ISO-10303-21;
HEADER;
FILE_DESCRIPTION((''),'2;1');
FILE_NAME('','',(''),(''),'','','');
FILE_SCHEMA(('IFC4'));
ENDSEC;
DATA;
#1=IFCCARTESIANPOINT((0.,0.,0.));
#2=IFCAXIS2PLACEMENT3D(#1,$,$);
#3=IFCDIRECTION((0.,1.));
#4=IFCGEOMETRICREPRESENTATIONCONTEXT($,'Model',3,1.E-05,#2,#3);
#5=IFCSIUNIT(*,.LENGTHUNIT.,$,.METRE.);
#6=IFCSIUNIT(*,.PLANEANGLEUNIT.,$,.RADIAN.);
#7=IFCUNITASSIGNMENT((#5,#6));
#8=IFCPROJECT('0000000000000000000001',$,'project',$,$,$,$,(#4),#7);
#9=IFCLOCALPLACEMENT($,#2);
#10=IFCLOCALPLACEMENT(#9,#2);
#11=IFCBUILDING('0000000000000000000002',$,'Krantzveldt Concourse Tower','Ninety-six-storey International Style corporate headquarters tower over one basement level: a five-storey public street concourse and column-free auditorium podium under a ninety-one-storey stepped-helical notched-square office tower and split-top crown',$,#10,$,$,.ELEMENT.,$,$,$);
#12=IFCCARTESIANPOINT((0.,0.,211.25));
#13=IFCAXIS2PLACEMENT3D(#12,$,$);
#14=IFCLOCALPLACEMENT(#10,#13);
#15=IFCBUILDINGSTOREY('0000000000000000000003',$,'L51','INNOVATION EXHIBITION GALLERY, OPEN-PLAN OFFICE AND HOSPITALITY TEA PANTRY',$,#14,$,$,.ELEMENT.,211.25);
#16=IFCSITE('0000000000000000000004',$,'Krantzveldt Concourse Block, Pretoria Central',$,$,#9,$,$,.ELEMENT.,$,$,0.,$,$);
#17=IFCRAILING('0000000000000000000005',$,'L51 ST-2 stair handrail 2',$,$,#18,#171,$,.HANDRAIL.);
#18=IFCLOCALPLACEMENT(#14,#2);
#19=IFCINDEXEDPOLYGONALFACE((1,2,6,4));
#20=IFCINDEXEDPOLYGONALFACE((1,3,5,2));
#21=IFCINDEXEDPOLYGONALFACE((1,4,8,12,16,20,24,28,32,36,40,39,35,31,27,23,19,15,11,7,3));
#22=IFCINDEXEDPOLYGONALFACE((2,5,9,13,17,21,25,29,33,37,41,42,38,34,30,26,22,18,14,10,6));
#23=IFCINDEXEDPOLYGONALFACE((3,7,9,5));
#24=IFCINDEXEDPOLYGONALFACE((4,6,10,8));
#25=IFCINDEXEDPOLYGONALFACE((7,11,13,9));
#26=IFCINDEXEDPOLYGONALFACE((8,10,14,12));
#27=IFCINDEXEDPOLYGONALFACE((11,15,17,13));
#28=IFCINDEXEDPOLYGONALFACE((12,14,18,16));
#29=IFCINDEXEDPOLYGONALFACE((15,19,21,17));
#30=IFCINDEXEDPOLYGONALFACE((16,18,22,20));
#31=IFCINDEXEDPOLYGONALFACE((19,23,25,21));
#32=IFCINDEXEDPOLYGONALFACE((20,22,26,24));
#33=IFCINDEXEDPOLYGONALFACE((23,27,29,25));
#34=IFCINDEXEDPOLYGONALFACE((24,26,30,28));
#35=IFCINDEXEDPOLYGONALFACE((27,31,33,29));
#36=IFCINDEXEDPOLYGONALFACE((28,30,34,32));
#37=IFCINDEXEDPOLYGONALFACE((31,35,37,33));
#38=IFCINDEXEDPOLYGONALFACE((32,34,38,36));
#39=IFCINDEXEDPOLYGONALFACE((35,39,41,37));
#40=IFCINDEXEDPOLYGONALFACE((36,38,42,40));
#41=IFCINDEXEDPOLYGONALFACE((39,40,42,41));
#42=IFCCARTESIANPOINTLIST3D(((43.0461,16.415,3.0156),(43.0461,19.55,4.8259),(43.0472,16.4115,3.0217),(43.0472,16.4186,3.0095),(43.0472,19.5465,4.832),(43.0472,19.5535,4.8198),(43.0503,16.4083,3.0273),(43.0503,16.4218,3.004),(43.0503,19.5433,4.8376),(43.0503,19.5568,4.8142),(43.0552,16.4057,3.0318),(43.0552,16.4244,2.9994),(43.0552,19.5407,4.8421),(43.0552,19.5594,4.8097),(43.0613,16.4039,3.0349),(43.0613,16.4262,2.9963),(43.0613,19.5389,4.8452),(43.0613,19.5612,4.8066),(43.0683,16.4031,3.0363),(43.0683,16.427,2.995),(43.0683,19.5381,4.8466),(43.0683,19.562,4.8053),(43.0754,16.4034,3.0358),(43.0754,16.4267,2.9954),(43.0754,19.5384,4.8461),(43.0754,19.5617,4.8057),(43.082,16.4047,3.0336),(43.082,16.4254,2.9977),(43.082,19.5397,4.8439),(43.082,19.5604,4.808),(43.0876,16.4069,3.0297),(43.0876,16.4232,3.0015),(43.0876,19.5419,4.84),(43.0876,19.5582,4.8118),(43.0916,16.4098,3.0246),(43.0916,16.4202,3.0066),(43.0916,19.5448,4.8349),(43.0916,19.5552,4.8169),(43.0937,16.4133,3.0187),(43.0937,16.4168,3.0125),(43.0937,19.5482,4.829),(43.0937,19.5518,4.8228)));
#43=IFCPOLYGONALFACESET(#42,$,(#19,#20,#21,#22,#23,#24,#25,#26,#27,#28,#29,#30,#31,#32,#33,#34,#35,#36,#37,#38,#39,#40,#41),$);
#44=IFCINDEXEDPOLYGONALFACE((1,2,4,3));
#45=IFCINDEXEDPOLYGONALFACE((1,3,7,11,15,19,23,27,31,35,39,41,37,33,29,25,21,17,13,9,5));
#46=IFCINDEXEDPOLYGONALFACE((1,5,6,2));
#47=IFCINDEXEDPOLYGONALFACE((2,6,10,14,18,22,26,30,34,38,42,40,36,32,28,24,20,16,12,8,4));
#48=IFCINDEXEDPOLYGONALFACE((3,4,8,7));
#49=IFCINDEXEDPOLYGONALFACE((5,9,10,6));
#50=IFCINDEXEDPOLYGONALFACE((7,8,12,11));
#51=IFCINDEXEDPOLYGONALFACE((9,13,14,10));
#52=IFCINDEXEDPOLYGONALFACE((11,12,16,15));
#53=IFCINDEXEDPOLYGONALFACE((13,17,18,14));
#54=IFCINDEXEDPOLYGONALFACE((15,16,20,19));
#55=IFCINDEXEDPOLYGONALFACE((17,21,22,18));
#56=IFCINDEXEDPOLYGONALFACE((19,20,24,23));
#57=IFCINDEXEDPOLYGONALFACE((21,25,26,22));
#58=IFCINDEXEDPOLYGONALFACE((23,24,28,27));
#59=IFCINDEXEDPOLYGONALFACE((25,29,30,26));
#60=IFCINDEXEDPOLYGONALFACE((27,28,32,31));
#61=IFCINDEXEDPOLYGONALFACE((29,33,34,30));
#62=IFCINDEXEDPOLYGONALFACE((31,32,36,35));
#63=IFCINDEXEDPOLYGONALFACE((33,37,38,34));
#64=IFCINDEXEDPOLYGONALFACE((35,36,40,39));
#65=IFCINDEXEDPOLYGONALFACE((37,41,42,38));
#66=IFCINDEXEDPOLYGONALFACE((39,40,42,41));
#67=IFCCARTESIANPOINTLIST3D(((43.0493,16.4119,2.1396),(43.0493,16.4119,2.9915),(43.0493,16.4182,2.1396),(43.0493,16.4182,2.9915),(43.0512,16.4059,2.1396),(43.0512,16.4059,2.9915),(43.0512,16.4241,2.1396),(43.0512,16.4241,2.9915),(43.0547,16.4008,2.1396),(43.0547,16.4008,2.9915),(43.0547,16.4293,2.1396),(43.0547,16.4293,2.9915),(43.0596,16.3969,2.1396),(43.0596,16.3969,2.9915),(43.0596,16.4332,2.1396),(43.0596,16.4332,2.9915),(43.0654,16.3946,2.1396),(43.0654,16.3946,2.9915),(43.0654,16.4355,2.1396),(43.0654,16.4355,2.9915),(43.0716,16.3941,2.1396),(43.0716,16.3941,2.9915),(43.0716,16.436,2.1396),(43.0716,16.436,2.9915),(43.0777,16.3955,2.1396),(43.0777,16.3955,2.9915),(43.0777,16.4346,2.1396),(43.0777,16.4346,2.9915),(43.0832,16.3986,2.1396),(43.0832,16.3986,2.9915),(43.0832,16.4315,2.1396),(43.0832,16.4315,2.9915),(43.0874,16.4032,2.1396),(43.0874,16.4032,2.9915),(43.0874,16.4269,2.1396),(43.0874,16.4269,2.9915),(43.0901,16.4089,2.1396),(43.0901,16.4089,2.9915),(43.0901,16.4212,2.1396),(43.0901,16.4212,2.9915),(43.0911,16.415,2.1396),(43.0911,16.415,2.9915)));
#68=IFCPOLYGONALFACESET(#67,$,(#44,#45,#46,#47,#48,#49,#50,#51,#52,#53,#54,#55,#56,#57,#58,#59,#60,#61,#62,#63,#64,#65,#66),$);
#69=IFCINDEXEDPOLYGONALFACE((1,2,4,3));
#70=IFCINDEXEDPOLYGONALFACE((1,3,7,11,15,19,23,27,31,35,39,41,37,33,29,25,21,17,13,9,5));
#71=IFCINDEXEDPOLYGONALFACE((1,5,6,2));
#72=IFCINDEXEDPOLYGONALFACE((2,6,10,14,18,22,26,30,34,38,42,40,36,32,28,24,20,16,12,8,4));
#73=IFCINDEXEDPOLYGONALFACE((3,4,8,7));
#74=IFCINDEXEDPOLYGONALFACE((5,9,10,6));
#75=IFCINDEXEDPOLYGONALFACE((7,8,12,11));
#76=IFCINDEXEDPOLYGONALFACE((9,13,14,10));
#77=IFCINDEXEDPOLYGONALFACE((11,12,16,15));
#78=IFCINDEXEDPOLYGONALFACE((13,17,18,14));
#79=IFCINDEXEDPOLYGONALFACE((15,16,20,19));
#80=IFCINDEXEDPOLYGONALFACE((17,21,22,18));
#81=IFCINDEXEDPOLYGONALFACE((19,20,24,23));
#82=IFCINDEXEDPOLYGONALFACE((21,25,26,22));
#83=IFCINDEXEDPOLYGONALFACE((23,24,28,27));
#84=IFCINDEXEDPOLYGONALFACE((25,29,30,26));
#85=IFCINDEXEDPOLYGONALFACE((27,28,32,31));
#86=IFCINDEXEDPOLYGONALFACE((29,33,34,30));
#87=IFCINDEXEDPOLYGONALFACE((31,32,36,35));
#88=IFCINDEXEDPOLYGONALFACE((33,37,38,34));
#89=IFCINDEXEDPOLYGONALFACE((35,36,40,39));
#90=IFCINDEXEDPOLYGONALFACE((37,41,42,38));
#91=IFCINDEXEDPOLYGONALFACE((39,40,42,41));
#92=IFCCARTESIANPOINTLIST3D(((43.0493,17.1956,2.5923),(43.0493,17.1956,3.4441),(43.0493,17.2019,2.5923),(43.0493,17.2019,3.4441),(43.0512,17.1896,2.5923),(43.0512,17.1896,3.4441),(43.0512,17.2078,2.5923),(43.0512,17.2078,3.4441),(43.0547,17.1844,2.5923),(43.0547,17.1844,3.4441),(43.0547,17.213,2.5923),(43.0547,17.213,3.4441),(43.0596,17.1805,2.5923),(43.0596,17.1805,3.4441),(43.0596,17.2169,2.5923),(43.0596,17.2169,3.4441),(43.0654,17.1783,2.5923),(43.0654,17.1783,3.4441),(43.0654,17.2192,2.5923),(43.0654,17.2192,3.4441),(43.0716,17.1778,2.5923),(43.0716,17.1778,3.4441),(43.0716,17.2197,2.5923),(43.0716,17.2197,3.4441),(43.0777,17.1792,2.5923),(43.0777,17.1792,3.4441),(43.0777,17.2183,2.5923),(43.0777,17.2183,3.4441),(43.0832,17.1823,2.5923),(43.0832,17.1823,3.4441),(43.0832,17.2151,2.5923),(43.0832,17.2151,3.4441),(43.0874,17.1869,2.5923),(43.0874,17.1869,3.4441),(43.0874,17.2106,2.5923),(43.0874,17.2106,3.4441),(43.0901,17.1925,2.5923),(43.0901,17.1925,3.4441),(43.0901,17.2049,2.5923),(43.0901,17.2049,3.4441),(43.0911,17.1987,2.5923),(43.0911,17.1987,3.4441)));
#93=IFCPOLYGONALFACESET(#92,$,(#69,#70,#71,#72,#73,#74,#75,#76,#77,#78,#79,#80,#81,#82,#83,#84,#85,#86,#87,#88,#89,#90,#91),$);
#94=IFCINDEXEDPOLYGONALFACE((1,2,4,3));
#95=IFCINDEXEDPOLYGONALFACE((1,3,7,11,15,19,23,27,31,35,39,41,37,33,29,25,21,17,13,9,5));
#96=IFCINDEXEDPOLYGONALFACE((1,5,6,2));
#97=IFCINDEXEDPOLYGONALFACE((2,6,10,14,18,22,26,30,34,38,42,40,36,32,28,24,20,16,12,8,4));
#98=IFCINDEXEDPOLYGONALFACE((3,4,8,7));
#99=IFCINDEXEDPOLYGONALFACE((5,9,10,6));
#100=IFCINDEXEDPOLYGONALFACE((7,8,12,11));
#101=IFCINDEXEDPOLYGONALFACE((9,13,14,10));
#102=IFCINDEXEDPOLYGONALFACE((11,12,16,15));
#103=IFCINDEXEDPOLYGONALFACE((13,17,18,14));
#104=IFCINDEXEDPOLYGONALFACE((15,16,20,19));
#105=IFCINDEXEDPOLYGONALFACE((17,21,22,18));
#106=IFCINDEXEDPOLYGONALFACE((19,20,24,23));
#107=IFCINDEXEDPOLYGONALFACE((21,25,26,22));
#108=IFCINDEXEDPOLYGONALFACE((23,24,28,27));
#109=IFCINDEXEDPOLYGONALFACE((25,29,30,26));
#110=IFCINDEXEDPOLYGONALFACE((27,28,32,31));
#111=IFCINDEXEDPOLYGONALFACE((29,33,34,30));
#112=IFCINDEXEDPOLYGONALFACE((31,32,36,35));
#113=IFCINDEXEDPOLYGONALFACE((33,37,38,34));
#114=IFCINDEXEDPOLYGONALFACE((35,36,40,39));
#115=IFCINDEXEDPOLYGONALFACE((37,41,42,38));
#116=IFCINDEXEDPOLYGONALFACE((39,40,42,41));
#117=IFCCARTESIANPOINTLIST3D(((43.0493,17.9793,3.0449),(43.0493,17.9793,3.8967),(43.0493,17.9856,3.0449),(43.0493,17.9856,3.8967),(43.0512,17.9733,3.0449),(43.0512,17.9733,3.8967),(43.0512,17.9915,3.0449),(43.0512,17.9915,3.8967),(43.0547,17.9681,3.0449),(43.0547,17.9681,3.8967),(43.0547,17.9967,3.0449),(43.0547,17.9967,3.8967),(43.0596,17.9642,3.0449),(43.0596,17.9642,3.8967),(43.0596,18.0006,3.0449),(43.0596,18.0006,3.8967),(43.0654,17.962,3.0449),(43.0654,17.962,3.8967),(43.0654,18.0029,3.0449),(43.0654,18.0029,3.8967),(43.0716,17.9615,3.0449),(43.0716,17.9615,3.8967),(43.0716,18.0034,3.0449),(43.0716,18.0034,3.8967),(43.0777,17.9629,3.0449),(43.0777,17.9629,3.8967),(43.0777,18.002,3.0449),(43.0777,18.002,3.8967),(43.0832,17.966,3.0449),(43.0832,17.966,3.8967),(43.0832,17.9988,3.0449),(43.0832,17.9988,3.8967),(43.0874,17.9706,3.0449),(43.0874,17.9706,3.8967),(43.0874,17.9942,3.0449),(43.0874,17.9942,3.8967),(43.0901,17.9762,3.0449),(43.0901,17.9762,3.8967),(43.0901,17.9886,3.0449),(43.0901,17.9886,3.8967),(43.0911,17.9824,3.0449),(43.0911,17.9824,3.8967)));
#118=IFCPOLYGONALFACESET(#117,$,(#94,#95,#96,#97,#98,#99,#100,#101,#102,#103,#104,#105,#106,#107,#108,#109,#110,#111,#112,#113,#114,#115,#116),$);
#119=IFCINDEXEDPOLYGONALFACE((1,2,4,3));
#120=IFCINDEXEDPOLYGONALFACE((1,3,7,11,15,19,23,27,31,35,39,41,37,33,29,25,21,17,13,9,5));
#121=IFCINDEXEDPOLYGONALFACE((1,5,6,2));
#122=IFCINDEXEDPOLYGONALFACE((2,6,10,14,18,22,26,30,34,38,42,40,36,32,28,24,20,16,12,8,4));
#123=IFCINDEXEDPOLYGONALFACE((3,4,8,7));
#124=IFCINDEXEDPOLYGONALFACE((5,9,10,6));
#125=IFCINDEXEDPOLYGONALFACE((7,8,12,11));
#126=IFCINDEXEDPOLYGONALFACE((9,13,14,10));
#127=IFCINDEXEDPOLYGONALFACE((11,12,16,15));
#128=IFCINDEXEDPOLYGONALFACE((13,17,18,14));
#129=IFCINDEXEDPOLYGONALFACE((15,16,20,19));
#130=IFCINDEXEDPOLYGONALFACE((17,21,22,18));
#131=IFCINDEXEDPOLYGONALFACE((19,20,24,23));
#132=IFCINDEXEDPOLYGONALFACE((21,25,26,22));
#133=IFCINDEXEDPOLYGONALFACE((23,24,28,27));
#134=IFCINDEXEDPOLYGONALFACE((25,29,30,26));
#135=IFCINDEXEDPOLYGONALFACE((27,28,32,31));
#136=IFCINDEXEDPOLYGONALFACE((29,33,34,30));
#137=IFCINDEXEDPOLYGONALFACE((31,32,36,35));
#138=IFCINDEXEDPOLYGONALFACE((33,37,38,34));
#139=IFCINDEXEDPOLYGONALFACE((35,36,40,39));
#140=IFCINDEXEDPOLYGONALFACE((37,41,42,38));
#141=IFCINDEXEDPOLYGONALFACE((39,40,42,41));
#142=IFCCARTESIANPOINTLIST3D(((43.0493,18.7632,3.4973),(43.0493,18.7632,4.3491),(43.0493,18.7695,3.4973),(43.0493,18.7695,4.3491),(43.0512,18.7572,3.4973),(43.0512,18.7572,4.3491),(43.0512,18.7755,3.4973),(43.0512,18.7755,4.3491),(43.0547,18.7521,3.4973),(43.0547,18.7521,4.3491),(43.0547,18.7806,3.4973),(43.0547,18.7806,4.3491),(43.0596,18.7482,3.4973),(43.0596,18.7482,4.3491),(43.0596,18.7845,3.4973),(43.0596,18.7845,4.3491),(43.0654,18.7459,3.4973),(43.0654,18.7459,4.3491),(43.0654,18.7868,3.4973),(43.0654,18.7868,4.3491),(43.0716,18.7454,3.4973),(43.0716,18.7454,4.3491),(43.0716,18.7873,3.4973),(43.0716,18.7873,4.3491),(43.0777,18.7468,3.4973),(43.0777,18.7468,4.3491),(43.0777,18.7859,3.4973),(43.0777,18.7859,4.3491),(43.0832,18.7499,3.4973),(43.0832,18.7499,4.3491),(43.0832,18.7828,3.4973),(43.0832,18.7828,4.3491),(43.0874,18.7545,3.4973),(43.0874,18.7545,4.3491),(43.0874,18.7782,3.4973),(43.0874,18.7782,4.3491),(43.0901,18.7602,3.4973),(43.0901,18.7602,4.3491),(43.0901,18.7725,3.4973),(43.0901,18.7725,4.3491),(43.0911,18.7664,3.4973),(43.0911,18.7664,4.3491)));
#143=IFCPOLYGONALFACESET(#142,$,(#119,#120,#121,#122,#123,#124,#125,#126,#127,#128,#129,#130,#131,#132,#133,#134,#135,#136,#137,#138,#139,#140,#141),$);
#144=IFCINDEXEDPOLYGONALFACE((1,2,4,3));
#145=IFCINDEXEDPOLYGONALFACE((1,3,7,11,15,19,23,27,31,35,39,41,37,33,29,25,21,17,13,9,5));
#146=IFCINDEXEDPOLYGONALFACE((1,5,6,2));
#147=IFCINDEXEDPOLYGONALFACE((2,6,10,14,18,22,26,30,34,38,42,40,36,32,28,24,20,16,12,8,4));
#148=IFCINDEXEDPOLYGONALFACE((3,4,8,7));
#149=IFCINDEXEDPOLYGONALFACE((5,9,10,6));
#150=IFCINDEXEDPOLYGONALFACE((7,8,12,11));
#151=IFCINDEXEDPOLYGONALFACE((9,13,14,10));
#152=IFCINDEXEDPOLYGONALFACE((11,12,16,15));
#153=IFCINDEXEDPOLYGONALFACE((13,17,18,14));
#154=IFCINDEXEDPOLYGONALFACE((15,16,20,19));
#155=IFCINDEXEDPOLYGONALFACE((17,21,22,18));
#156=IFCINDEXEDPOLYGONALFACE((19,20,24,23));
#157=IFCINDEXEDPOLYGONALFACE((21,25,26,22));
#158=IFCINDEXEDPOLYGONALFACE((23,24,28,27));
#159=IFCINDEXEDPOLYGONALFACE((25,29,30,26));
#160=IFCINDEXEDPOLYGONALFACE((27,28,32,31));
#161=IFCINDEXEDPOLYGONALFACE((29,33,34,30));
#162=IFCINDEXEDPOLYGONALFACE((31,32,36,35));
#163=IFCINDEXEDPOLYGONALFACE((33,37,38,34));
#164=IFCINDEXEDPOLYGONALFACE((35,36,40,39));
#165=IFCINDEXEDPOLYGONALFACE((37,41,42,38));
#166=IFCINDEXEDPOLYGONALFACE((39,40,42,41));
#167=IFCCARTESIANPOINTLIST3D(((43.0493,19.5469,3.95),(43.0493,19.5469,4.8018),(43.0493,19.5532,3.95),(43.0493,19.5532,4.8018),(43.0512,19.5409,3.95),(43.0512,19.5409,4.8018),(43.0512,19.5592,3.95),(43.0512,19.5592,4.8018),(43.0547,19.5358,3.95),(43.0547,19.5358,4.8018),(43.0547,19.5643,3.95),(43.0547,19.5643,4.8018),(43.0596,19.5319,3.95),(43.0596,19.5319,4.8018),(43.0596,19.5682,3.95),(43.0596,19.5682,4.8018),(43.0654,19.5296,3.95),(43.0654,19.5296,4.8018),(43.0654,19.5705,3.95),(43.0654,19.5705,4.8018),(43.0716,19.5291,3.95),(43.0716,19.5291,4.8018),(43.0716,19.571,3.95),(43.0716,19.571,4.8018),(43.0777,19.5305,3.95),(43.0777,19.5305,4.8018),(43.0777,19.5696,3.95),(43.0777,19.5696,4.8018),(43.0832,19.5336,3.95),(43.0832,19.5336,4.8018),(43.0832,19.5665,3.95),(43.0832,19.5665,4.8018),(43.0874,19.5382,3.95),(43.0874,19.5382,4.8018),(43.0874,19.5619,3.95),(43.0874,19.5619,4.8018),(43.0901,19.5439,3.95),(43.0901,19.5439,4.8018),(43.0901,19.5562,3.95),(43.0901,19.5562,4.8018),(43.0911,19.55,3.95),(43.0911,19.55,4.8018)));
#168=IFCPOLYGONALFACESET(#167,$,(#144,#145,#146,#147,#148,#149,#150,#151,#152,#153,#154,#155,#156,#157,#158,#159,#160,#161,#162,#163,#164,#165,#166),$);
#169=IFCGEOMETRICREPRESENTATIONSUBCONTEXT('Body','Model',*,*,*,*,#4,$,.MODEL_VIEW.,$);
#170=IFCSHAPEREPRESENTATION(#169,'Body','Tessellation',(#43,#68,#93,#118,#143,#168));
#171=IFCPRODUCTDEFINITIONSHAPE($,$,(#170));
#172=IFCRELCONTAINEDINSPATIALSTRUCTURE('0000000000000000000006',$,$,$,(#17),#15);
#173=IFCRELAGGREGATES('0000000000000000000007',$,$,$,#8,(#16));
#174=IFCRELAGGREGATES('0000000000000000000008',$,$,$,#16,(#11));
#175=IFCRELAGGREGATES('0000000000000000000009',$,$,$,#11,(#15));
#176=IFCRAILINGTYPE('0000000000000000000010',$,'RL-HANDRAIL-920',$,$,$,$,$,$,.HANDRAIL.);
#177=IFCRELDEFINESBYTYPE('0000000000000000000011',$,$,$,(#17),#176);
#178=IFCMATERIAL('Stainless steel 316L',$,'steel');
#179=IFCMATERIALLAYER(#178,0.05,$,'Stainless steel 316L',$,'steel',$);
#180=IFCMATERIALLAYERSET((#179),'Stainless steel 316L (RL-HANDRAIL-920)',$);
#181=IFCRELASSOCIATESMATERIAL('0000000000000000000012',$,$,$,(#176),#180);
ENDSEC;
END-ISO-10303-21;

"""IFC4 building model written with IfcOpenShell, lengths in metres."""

from ifc_helpers import new_model, si_unit, direction, frame, origin, origin_2d, place, context, subcontext, project, spatial, circle, extrude, material, layer, layer_set, type_object, element, save


model = new_model("IFC4")

# Units and contexts
model_context = context("Model", 3, precision=1e-05, world=origin(), true_north=direction((0.0, 1.0)))
body_context = subcontext(model_context, "Body", "Model", "MODEL_VIEW")
ifc_project = project(units=[si_unit("LENGTHUNIT", "METRE"), si_unit("PLANEANGLEUNIT", "RADIAN")], contexts=[model_context])

# Site, building, storey
site_placement = place(None, origin())
site = spatial("IfcSite", under=ifc_project, at=site_placement, Name="Krantzveldt Concourse Block, Pretoria Central", CompositionType="ELEMENT", RefElevation=0.0)
building_placement = place(site_placement, origin())
building = spatial("IfcBuilding", under=site, at=building_placement, Name="Krantzveldt Concourse Tower", Description="Ninety-six-storey International Style corporate headquarters tower over one basement level: a five-storey public street concourse and column-free auditorium podium under a ninety-one-storey stepped-helical notched-square office tower and split-top crown", CompositionType="ELEMENT")
storey_placement = place(building_placement, frame((0.0, 0.0, 211.25)))
storey = spatial("IfcBuildingStorey", under=building, at=storey_placement, Name="L51", Description="INNOVATION EXHIBITION GALLERY, OPEN-PLAN OFFICE AND HOSPITALITY TEA PANTRY", CompositionType="ELEMENT", Elevation=211.25)

# Railing
ifc_material_1 = material(Name="Stainless steel 316L", Category="steel")
ifc_layer_1 = layer(ifc_material_1, 0.05, Name="Stainless steel 316L", Category="steel")
ifc_layer_set_1 = layer_set([ifc_layer_1], Name="Stainless steel 316L (RL-HANDRAIL-920)")
railing_type = type_object("IfcRailingType", Name="RL-HANDRAIL-920", PredefinedType="HANDRAIL", material=ifc_layer_set_1)
railing_placement = place(storey_placement, frame((43.0701, 16.415, 2.1396)))
element("IfcRailing", 1, at=railing_placement, inside=storey, type_object=railing_type, Name="L51 ST-2 stair handrail 2", PredefinedType="HANDRAIL", context=body_context, shape_type="SweptSolid", body=[
    extrude(circle(Radius=0.0239, at=origin_2d()), frame((0.0, 0.0, 0.876), z_axis=(0.0, 0.865989, 0.500063), x_axis=(-1.0, 0.0, 0.0)), (0.0, 0.0, 1.0), 3.6201),
    extrude(circle(Radius=0.021, at=origin_2d()), origin(), (0.0, 0.0, 1.0), 0.8518),
    extrude(circle(Radius=0.021, at=origin_2d()), frame((0.0, 0.7837, 0.4526)), (0.0, 0.0, 1.0), 0.8518),
    extrude(circle(Radius=0.021, at=origin_2d()), frame((0.0, 1.5674, 0.9053)), (0.0, 0.0, 1.0), 0.8518),
    extrude(circle(Radius=0.021, at=origin_2d()), frame((0.0, 2.3513, 1.3577)), (0.0, 0.0, 1.0), 0.8518),
    extrude(circle(Radius=0.021, at=origin_2d()), frame((0.0, 3.135, 1.8103)), (0.0, 0.0, 1.0), 0.8518),
])

save(model, "model.ifc")
